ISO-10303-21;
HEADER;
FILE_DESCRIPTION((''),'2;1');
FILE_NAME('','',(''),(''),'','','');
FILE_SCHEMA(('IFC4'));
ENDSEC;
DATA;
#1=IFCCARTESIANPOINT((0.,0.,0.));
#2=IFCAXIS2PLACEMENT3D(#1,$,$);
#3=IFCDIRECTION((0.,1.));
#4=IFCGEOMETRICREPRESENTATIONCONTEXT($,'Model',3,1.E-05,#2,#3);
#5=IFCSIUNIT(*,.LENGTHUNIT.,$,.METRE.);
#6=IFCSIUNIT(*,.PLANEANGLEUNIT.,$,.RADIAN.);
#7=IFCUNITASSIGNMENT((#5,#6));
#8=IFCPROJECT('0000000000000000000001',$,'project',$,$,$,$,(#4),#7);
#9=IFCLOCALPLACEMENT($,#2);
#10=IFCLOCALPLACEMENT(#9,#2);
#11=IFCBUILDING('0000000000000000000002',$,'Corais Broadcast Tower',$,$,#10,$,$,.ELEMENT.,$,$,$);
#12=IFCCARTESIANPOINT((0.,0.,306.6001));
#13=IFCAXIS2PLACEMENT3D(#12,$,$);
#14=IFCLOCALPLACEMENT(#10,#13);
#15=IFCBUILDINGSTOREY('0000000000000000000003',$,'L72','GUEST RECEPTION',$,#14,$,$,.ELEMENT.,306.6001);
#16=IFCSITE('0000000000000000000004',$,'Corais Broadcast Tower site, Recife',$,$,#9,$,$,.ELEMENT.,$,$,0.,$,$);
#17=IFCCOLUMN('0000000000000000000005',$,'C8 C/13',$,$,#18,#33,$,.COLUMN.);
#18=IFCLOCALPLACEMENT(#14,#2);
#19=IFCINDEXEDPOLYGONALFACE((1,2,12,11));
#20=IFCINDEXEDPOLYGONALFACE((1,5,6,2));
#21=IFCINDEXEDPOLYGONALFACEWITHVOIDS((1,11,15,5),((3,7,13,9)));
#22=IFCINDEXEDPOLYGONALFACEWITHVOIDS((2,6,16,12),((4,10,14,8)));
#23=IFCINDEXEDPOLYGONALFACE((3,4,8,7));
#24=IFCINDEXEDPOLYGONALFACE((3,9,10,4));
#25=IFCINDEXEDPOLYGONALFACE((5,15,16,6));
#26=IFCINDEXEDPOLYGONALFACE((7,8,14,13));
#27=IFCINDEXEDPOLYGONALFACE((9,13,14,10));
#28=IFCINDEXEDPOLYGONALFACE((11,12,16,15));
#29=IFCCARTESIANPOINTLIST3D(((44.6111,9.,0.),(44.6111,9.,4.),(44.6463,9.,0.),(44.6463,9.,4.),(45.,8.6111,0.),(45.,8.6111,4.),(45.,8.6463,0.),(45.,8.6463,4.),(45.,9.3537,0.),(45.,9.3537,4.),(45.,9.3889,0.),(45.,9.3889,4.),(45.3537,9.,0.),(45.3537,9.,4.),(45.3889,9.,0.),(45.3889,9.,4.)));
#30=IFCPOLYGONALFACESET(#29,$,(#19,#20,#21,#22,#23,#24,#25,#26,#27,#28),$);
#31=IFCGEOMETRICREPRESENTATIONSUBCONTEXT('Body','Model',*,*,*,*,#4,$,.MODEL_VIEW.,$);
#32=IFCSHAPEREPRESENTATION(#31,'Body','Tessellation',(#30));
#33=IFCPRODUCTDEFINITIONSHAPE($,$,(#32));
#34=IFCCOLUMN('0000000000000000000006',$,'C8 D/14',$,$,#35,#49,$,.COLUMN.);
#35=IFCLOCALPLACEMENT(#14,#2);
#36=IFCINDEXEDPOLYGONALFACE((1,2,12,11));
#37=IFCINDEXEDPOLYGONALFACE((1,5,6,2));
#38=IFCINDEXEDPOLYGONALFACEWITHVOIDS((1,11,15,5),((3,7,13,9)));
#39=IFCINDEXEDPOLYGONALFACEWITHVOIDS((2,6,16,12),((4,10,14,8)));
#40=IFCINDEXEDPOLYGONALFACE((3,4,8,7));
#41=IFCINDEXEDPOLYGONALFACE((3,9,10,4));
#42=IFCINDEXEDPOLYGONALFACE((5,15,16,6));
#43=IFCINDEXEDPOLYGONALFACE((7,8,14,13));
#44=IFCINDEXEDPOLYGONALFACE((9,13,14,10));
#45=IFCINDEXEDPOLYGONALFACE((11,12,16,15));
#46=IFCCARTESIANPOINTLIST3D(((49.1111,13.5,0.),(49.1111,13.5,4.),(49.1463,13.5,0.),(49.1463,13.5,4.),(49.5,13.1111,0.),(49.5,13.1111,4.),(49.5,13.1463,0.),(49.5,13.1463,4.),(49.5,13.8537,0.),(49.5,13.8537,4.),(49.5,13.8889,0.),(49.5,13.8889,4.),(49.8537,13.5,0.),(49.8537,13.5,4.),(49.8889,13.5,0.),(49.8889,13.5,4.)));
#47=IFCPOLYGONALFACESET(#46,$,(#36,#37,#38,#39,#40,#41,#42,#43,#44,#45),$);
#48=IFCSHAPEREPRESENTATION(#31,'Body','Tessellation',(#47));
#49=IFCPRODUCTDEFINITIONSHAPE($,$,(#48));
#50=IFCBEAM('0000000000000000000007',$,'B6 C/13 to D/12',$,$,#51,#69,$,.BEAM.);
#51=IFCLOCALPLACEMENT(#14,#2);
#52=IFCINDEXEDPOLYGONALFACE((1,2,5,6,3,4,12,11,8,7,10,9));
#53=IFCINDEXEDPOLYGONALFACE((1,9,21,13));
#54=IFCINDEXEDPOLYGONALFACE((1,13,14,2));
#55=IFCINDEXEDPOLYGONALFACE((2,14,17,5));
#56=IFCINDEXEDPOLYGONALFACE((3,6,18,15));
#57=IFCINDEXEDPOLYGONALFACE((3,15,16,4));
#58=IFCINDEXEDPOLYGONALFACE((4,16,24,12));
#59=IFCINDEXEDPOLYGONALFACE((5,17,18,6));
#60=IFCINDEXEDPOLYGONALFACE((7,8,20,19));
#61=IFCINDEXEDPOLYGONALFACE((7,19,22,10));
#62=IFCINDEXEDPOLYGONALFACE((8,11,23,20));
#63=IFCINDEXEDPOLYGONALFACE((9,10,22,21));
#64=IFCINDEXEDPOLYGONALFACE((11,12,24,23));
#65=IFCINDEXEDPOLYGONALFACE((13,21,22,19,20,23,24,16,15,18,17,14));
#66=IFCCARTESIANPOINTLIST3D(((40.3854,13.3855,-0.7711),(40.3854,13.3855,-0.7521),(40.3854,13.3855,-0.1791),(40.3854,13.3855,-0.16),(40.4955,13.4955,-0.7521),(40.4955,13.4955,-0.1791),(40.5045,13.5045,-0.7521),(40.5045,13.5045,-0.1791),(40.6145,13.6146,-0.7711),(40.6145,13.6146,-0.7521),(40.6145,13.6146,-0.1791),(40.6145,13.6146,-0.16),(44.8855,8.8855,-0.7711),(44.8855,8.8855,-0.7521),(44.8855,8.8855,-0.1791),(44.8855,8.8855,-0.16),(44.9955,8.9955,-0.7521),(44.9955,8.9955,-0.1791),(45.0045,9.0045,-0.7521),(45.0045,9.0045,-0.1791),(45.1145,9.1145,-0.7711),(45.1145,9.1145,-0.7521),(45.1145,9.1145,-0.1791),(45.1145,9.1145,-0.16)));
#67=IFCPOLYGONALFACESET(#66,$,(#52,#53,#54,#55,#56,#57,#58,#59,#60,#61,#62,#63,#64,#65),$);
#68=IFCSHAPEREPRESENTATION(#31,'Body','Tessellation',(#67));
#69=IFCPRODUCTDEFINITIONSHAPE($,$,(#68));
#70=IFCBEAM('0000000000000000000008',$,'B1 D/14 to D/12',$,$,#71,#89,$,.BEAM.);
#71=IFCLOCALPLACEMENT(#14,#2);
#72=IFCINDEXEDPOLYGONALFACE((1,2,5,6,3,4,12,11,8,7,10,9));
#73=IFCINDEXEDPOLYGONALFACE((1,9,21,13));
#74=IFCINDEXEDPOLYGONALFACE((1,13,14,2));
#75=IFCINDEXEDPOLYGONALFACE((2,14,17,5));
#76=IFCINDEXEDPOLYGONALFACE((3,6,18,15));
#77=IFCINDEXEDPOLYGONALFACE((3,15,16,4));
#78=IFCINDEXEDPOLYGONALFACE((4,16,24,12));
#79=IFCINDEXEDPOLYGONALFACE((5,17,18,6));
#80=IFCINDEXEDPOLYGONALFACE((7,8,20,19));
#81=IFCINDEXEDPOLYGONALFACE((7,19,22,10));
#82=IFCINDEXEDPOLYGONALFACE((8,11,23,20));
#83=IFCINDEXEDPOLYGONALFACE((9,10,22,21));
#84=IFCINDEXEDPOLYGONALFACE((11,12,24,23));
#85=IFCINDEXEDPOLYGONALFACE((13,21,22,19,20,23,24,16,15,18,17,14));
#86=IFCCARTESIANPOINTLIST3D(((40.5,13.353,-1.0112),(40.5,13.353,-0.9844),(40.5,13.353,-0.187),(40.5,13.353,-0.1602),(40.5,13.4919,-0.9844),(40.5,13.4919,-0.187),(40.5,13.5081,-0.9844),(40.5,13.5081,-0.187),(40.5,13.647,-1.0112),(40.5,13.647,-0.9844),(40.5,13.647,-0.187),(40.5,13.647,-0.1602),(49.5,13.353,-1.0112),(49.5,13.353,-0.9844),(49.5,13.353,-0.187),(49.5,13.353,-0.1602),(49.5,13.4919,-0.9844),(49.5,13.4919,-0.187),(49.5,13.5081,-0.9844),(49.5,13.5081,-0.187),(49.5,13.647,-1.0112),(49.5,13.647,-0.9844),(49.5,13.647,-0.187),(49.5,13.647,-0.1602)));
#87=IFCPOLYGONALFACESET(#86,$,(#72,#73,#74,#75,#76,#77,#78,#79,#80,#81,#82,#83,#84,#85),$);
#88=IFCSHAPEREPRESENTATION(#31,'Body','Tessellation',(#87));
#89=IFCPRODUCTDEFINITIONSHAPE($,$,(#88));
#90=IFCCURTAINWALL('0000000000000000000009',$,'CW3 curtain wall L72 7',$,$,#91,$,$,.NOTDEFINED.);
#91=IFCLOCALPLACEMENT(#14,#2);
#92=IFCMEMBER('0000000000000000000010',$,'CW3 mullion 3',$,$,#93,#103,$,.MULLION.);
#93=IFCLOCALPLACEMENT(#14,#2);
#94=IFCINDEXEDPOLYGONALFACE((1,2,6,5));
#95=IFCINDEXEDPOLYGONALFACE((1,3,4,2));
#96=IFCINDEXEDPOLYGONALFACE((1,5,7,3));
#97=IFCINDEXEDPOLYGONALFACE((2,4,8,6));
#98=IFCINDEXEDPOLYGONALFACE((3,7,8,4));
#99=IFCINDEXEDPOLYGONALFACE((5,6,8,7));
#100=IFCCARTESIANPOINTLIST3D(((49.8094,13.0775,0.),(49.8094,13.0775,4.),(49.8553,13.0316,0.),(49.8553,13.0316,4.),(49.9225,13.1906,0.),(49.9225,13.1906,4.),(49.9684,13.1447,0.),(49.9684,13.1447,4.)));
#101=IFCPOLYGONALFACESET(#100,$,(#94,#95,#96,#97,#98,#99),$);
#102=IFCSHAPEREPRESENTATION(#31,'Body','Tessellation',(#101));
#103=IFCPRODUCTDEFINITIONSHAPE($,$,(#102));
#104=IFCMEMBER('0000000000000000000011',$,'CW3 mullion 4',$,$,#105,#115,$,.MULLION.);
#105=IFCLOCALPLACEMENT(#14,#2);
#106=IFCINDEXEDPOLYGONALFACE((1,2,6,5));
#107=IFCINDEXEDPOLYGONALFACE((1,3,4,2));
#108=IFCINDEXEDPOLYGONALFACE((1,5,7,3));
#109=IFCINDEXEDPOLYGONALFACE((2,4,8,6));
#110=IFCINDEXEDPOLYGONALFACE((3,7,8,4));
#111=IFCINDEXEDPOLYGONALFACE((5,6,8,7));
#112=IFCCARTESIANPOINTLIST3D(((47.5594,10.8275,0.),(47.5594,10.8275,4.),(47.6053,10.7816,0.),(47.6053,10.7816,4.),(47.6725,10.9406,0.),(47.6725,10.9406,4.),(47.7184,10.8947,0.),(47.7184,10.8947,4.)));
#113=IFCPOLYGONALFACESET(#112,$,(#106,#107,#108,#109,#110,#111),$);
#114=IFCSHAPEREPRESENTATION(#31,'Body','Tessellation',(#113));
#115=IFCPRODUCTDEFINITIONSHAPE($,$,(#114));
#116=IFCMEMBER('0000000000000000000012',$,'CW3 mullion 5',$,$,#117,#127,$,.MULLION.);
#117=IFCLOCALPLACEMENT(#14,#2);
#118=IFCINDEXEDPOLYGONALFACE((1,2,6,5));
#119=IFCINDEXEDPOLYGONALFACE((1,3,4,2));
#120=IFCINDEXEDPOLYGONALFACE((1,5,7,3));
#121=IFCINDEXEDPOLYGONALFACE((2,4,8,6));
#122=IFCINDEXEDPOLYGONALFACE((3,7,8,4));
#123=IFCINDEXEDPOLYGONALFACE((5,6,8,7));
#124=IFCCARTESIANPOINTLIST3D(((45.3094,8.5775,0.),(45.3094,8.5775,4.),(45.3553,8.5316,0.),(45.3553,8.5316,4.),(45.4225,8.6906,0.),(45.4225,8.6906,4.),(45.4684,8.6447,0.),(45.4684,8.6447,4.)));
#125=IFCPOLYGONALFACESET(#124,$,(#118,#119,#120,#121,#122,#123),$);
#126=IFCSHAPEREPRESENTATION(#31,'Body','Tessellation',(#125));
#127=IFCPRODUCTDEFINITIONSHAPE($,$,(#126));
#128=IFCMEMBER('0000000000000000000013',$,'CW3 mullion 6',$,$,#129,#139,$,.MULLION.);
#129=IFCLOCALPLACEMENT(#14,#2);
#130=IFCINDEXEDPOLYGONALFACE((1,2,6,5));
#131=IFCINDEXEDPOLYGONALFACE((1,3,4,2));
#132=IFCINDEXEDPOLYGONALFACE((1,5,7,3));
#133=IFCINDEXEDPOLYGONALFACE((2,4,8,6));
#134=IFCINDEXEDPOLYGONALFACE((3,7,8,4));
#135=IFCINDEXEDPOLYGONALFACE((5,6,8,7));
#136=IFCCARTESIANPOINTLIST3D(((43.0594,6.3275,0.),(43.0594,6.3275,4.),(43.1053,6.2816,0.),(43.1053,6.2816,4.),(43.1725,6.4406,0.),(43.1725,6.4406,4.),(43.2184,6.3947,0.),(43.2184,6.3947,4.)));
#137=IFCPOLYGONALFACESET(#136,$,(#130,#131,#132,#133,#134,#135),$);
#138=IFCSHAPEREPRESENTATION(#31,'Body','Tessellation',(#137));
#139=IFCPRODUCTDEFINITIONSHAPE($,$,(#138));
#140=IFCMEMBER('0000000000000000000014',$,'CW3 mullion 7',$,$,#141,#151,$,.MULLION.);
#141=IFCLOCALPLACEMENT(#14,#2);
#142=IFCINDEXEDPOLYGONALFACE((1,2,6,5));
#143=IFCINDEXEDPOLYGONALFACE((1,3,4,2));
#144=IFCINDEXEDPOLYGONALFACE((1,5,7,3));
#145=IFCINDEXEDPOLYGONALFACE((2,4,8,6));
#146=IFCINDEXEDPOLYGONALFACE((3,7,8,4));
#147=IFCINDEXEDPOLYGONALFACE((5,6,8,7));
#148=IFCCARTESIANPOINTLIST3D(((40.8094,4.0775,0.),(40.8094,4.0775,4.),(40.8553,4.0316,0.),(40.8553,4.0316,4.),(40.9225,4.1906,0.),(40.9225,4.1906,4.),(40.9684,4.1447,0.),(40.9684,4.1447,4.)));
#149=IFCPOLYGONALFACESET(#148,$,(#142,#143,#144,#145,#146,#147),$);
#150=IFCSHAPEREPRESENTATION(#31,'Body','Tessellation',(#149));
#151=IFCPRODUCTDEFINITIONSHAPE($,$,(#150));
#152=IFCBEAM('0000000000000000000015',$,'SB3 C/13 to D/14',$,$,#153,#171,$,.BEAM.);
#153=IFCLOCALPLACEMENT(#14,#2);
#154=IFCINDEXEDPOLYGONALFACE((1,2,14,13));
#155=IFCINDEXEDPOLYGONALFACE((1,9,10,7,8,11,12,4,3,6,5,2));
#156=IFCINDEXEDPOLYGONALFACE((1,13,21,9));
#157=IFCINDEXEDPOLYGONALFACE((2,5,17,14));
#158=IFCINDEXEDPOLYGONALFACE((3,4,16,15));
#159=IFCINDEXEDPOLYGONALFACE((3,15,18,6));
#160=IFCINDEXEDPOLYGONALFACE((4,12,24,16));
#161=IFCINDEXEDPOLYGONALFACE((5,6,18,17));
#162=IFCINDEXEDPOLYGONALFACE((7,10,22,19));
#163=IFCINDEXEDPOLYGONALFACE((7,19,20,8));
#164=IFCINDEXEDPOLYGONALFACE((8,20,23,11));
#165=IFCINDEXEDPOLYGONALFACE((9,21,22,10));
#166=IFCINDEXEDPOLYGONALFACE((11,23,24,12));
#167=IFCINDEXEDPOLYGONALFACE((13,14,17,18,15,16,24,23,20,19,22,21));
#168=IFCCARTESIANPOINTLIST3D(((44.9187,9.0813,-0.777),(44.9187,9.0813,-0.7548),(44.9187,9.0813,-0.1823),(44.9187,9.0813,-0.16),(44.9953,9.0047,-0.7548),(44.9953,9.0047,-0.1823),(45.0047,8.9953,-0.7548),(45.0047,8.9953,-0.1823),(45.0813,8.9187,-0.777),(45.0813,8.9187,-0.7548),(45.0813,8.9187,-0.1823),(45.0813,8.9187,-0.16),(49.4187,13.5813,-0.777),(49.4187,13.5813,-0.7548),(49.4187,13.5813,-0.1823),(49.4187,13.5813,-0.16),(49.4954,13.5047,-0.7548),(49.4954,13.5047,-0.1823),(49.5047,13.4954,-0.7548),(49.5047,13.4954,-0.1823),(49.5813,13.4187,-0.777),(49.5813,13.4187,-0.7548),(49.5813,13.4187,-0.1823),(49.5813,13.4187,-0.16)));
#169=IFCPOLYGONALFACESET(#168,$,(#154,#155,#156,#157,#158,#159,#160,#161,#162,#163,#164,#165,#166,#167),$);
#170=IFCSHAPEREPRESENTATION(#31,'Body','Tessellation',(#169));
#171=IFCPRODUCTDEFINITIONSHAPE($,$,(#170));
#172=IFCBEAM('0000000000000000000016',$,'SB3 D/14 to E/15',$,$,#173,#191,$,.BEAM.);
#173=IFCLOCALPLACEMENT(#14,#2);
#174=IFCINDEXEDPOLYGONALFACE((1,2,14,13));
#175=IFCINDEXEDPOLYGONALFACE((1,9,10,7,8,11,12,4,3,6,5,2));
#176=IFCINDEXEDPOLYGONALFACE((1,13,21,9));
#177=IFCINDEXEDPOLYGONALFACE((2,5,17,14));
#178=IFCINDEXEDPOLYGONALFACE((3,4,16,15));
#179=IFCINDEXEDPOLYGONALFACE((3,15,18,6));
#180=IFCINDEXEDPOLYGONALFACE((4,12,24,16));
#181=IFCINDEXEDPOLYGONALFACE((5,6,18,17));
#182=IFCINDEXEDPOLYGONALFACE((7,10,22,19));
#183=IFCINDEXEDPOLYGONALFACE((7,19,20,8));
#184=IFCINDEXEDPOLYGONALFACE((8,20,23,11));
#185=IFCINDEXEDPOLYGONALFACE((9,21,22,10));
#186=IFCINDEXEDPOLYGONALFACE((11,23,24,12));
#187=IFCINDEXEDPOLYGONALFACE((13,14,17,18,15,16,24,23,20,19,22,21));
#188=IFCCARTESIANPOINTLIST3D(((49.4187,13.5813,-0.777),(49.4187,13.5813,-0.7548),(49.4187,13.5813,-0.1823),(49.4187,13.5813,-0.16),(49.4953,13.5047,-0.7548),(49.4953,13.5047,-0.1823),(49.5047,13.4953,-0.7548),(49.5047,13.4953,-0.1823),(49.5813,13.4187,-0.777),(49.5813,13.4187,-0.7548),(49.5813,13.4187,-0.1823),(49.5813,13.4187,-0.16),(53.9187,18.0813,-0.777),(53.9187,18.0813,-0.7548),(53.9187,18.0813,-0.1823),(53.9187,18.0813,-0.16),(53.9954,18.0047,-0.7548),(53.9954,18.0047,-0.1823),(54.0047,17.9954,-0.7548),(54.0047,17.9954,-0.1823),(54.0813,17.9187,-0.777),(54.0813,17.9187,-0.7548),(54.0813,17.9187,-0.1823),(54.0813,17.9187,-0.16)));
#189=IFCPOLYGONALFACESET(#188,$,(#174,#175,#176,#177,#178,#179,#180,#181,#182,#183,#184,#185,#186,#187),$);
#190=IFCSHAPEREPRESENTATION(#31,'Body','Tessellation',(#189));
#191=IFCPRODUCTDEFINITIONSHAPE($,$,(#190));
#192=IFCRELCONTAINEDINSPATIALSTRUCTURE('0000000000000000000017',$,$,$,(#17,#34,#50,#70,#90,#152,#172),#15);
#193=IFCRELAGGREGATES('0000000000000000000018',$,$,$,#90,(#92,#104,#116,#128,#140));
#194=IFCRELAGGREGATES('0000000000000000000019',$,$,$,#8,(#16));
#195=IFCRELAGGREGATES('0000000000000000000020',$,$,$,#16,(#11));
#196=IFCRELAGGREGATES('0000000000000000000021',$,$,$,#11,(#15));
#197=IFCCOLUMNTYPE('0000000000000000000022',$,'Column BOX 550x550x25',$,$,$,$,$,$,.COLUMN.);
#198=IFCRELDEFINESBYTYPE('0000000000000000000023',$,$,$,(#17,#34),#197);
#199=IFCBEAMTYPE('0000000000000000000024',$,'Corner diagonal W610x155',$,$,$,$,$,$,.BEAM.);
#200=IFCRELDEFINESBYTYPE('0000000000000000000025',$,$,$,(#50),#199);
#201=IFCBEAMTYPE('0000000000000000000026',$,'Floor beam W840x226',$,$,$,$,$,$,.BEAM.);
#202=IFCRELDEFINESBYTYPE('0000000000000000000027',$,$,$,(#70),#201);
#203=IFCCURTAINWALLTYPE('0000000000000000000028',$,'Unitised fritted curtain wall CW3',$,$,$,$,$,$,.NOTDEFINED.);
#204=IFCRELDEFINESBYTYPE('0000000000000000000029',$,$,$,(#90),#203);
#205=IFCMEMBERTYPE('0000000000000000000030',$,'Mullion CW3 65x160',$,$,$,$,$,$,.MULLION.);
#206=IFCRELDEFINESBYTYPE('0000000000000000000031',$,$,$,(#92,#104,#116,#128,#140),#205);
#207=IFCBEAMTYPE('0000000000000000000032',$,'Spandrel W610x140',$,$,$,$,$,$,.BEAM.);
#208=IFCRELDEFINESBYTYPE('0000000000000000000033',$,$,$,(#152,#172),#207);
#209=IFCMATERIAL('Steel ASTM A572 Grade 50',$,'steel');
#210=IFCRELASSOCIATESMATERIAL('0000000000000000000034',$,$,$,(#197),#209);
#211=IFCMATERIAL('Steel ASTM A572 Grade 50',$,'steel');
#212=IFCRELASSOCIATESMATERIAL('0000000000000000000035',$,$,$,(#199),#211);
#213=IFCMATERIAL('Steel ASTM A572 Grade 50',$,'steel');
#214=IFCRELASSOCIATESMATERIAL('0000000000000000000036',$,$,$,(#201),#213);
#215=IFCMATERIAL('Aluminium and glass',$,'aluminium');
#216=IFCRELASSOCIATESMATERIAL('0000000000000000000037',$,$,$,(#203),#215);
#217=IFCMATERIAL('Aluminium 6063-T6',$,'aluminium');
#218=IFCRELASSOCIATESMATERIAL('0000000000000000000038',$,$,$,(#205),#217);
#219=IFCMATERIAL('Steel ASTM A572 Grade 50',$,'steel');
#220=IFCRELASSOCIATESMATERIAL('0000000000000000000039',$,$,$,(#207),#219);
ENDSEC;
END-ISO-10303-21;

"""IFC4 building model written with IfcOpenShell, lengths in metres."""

from ifc_helpers import new_model, si_unit, direction, frame, origin, origin_2d, place, context, subcontext, project, spatial, rectangle, hollow_rectangle, i_section, extrude, material, material_profile, profile_set, type_object, element, aggregate, save


model = new_model("IFC4")

# Units and contexts
model_context = context("Model", 3, precision=1e-05, world=origin(), true_north=direction((0.0, 1.0)))
body_context = subcontext(model_context, "Body", "Model", "MODEL_VIEW")
ifc_project = project(units=[si_unit("LENGTHUNIT", "METRE"), si_unit("PLANEANGLEUNIT", "RADIAN")], contexts=[model_context])

# Site, building, storey
site_placement = place(None, origin())
site = spatial("IfcSite", under=ifc_project, at=site_placement, Name="Corais Broadcast Tower site, Recife", CompositionType="ELEMENT", RefElevation=0.0)
building_placement = place(site_placement, origin())
building = spatial("IfcBuilding", under=site, at=building_placement, Name="Corais Broadcast Tower", CompositionType="ELEMENT")
storey_placement = place(building_placement, frame((0.0, 0.0, 306.6001)))
storey = spatial("IfcBuildingStorey", under=building, at=storey_placement, Name="L72", Description="GUEST RECEPTION", CompositionType="ELEMENT", Elevation=306.6001)

# Columns
ifc_material_1 = material(Name="Steel ASTM A572 Grade 50", Category="steel")
ifc_material_profile_1 = material_profile(ifc_material_1, hollow_rectangle(XDim=0.55, YDim=0.55, WallThickness=0.0249, at=origin_2d()), Name="BOX 550x550x25")
ifc_profile_set_1 = profile_set([ifc_material_profile_1], Name="Steel ASTM A572 Grade 50")
column_type = type_object("IfcColumnType", Name="Column BOX 550x550x25", PredefinedType="COLUMN", material=ifc_profile_set_1)
for number, where, z_axis, x_axis, name in (
    (1, (45.0, 9.0, 0.0), (0.0, 0.0, 1.0), (0.707107, 0.707107, 0.0), "C8 C/13"),
    (2, (49.5, 13.5, 0.0), (0.0, 0.0, 1.0), (0.707107, 0.707107, 0.0), "C8 D/14"),
):
    element("IfcColumn", number, at=place(storey_placement, frame(where, z_axis=z_axis, x_axis=x_axis)), inside=storey, type_object=column_type, Name=name, PredefinedType="COLUMN", context=body_context, shape_type="SweptSolid", body=[
        extrude(hollow_rectangle(XDim=0.55, YDim=0.55, WallThickness=0.0249, at=origin_2d()), origin(), (0.0, 0.0, 1.0), 4.0),
    ])

# Beams
ifc_material_2 = material(Name="Steel ASTM A572 Grade 50", Category="steel")
ifc_material_profile_2 = material_profile(ifc_material_2, i_section(OverallWidth=0.324, OverallDepth=0.6111, WebThickness=0.0127, FlangeThickness=0.019, at=origin_2d()), Name="W610x155")
ifc_profile_set_2 = profile_set([ifc_material_profile_2], Name="Steel ASTM A572 Grade 50")
beam_type_1 = type_object("IfcBeamType", Name="Corner diagonal W610x155", PredefinedType="BEAM", material=ifc_profile_set_2)
beam_1_placement = place(storey_placement, frame((45.0, 9.0, -0.4656), z_axis=(-0.707107, 0.707107, 0.0), x_axis=(-0.707107, -0.707107, 0.0)))
element("IfcBeam", 3, at=beam_1_placement, inside=storey, type_object=beam_type_1, Name="B6 C/13 to D/12", PredefinedType="BEAM", context=body_context, shape_type="SweptSolid", body=[
    extrude(i_section(OverallWidth=0.324, OverallDepth=0.6111, WebThickness=0.0127, FlangeThickness=0.019, at=origin_2d()), origin(), (0.0, 0.0, 1.0), 6.364),
])
ifc_material_3 = material(Name="Steel ASTM A572 Grade 50", Category="steel")
ifc_material_profile_3 = material_profile(ifc_material_3, i_section(OverallWidth=0.2939, OverallDepth=0.8511, WebThickness=0.0161, FlangeThickness=0.0269, at=origin_2d()), Name="W840x226")
ifc_profile_set_3 = profile_set([ifc_material_profile_3], Name="Steel ASTM A572 Grade 50")
beam_type_2 = type_object("IfcBeamType", Name="Floor beam W840x226", PredefinedType="BEAM", material=ifc_profile_set_3)
beam_2_placement = place(storey_placement, frame((49.5, 13.5, -0.5857), z_axis=(-1.0, 0.0, 0.0), x_axis=(0.0, -1.0, 0.0)))
element("IfcBeam", 4, at=beam_2_placement, inside=storey, type_object=beam_type_2, Name="B1 D/14 to D/12", PredefinedType="BEAM", context=body_context, shape_type="SweptSolid", body=[
    extrude(i_section(OverallWidth=0.2939, OverallDepth=0.8511, WebThickness=0.0161, FlangeThickness=0.0269, at=origin_2d()), origin(), (0.0, 0.0, 1.0), 9.0),
])

# Curtain wall, members
ifc_material_4 = material(Name="Aluminium and glass", Category="aluminium")
curtain_wall_type = type_object("IfcCurtainWallType", Name="Unitised fritted curtain wall CW3", PredefinedType="NOTDEFINED", material=ifc_material_4)
curtain_wall_placement = place(storey_placement, origin())
curtain_wall = element("IfcCurtainWall", 5, at=curtain_wall_placement, inside=storey, type_object=curtain_wall_type, Name="CW3 curtain wall L72 7", PredefinedType="NOTDEFINED")
ifc_material_5 = material(Name="Aluminium 6063-T6", Category="aluminium")
ifc_material_profile_4 = material_profile(ifc_material_5, rectangle(XDim=0.0649, YDim=0.1599, at=origin_2d()), Name="Mullion CW3 65x160")
ifc_profile_set_4 = profile_set([ifc_material_profile_4], Name="Aluminium 6063-T6")
member_type_1 = type_object("IfcMemberType", Name="Mullion CW3 65x160", PredefinedType="MULLION", material=ifc_profile_set_4)
member_1_placement = place(storey_placement, frame((49.8889, 13.1111, 0.0), z_axis=(0.0, 0.0, 1.0), x_axis=(0.707107, -0.707107, 0.0)))
member_1 = element("IfcMember", 6, at=member_1_placement, type_object=member_type_1, Name="CW3 mullion 3", PredefinedType="MULLION", context=body_context, shape_type="SweptSolid", body=[
    extrude(rectangle(XDim=0.0649, YDim=0.1599, at=origin_2d()), origin(), (0.0, 0.0, 1.0), 4.0),
])
member_2_placement = place(storey_placement, frame((47.6389, 10.8611, 0.0), z_axis=(0.0, 0.0, 1.0), x_axis=(0.707107, -0.707107, 0.0)))
member_2 = element("IfcMember", 7, at=member_2_placement, type_object=member_type_1, Name="CW3 mullion 4", PredefinedType="MULLION", context=body_context, shape_type="SweptSolid", body=[
    extrude(rectangle(XDim=0.0649, YDim=0.1599, at=origin_2d()), origin(), (0.0, 0.0, 1.0), 4.0),
])
member_3_placement = place(storey_placement, frame((45.3889, 8.6111, 0.0), z_axis=(0.0, 0.0, 1.0), x_axis=(0.707107, -0.707107, 0.0)))
member_3 = element("IfcMember", 8, at=member_3_placement, type_object=member_type_1, Name="CW3 mullion 5", PredefinedType="MULLION", context=body_context, shape_type="SweptSolid", body=[
    extrude(rectangle(XDim=0.0649, YDim=0.1599, at=origin_2d()), origin(), (0.0, 0.0, 1.0), 4.0),
])
member_4_placement = place(storey_placement, frame((43.1389, 6.3611, 0.0), z_axis=(0.0, 0.0, 1.0), x_axis=(0.707107, -0.707107, 0.0)))
member_4 = element("IfcMember", 9, at=member_4_placement, type_object=member_type_1, Name="CW3 mullion 6", PredefinedType="MULLION", context=body_context, shape_type="SweptSolid", body=[
    extrude(rectangle(XDim=0.0649, YDim=0.1599, at=origin_2d()), origin(), (0.0, 0.0, 1.0), 4.0),
])
member_5_placement = place(storey_placement, frame((40.8889, 4.1111, 0.0), z_axis=(0.0, 0.0, 1.0), x_axis=(0.707107, -0.707107, 0.0)))
member_5 = element("IfcMember", 10, at=member_5_placement, type_object=member_type_1, Name="CW3 mullion 7", PredefinedType="MULLION", context=body_context, shape_type="SweptSolid", body=[
    extrude(rectangle(XDim=0.0649, YDim=0.1599, at=origin_2d()), origin(), (0.0, 0.0, 1.0), 4.0),
])

# Beams
ifc_material_6 = material(Name="Steel ASTM A572 Grade 50", Category="steel")
ifc_material_profile_5 = material_profile(ifc_material_6, i_section(OverallWidth=0.23, OverallDepth=0.6169, WebThickness=0.0132, FlangeThickness=0.0222, at=origin_2d()), Name="W610x140")
ifc_profile_set_5 = profile_set([ifc_material_profile_5], Name="Steel ASTM A572 Grade 50")
beam_type_3 = type_object("IfcBeamType", Name="Spandrel W610x140", PredefinedType="BEAM", material=ifc_profile_set_5)
for number, where, z_axis, x_axis, name in (
    (11, (45.0, 9.0, -0.4685), (0.707107, 0.707107, 0.0), (-0.707107, 0.707107, 0.0), "SB3 C/13 to D/14"),
    (12, (49.5, 13.5, -0.4685), (0.707107, 0.707107, 0.0), (-0.707107, 0.707107, 0.0), "SB3 D/14 to E/15"),
):
    element("IfcBeam", number, at=place(storey_placement, frame(where, z_axis=z_axis, x_axis=x_axis)), inside=storey, type_object=beam_type_3, Name=name, PredefinedType="BEAM", context=body_context, shape_type="SweptSolid", body=[
        extrude(i_section(OverallWidth=0.23, OverallDepth=0.6169, WebThickness=0.0132, FlangeThickness=0.0222, at=origin_2d()), origin(), (0.0, 0.0, 1.0), 6.364),
    ])

aggregate(curtain_wall, [member_1, member_2, member_3, member_4, member_5])

save(model, "model.ifc")
